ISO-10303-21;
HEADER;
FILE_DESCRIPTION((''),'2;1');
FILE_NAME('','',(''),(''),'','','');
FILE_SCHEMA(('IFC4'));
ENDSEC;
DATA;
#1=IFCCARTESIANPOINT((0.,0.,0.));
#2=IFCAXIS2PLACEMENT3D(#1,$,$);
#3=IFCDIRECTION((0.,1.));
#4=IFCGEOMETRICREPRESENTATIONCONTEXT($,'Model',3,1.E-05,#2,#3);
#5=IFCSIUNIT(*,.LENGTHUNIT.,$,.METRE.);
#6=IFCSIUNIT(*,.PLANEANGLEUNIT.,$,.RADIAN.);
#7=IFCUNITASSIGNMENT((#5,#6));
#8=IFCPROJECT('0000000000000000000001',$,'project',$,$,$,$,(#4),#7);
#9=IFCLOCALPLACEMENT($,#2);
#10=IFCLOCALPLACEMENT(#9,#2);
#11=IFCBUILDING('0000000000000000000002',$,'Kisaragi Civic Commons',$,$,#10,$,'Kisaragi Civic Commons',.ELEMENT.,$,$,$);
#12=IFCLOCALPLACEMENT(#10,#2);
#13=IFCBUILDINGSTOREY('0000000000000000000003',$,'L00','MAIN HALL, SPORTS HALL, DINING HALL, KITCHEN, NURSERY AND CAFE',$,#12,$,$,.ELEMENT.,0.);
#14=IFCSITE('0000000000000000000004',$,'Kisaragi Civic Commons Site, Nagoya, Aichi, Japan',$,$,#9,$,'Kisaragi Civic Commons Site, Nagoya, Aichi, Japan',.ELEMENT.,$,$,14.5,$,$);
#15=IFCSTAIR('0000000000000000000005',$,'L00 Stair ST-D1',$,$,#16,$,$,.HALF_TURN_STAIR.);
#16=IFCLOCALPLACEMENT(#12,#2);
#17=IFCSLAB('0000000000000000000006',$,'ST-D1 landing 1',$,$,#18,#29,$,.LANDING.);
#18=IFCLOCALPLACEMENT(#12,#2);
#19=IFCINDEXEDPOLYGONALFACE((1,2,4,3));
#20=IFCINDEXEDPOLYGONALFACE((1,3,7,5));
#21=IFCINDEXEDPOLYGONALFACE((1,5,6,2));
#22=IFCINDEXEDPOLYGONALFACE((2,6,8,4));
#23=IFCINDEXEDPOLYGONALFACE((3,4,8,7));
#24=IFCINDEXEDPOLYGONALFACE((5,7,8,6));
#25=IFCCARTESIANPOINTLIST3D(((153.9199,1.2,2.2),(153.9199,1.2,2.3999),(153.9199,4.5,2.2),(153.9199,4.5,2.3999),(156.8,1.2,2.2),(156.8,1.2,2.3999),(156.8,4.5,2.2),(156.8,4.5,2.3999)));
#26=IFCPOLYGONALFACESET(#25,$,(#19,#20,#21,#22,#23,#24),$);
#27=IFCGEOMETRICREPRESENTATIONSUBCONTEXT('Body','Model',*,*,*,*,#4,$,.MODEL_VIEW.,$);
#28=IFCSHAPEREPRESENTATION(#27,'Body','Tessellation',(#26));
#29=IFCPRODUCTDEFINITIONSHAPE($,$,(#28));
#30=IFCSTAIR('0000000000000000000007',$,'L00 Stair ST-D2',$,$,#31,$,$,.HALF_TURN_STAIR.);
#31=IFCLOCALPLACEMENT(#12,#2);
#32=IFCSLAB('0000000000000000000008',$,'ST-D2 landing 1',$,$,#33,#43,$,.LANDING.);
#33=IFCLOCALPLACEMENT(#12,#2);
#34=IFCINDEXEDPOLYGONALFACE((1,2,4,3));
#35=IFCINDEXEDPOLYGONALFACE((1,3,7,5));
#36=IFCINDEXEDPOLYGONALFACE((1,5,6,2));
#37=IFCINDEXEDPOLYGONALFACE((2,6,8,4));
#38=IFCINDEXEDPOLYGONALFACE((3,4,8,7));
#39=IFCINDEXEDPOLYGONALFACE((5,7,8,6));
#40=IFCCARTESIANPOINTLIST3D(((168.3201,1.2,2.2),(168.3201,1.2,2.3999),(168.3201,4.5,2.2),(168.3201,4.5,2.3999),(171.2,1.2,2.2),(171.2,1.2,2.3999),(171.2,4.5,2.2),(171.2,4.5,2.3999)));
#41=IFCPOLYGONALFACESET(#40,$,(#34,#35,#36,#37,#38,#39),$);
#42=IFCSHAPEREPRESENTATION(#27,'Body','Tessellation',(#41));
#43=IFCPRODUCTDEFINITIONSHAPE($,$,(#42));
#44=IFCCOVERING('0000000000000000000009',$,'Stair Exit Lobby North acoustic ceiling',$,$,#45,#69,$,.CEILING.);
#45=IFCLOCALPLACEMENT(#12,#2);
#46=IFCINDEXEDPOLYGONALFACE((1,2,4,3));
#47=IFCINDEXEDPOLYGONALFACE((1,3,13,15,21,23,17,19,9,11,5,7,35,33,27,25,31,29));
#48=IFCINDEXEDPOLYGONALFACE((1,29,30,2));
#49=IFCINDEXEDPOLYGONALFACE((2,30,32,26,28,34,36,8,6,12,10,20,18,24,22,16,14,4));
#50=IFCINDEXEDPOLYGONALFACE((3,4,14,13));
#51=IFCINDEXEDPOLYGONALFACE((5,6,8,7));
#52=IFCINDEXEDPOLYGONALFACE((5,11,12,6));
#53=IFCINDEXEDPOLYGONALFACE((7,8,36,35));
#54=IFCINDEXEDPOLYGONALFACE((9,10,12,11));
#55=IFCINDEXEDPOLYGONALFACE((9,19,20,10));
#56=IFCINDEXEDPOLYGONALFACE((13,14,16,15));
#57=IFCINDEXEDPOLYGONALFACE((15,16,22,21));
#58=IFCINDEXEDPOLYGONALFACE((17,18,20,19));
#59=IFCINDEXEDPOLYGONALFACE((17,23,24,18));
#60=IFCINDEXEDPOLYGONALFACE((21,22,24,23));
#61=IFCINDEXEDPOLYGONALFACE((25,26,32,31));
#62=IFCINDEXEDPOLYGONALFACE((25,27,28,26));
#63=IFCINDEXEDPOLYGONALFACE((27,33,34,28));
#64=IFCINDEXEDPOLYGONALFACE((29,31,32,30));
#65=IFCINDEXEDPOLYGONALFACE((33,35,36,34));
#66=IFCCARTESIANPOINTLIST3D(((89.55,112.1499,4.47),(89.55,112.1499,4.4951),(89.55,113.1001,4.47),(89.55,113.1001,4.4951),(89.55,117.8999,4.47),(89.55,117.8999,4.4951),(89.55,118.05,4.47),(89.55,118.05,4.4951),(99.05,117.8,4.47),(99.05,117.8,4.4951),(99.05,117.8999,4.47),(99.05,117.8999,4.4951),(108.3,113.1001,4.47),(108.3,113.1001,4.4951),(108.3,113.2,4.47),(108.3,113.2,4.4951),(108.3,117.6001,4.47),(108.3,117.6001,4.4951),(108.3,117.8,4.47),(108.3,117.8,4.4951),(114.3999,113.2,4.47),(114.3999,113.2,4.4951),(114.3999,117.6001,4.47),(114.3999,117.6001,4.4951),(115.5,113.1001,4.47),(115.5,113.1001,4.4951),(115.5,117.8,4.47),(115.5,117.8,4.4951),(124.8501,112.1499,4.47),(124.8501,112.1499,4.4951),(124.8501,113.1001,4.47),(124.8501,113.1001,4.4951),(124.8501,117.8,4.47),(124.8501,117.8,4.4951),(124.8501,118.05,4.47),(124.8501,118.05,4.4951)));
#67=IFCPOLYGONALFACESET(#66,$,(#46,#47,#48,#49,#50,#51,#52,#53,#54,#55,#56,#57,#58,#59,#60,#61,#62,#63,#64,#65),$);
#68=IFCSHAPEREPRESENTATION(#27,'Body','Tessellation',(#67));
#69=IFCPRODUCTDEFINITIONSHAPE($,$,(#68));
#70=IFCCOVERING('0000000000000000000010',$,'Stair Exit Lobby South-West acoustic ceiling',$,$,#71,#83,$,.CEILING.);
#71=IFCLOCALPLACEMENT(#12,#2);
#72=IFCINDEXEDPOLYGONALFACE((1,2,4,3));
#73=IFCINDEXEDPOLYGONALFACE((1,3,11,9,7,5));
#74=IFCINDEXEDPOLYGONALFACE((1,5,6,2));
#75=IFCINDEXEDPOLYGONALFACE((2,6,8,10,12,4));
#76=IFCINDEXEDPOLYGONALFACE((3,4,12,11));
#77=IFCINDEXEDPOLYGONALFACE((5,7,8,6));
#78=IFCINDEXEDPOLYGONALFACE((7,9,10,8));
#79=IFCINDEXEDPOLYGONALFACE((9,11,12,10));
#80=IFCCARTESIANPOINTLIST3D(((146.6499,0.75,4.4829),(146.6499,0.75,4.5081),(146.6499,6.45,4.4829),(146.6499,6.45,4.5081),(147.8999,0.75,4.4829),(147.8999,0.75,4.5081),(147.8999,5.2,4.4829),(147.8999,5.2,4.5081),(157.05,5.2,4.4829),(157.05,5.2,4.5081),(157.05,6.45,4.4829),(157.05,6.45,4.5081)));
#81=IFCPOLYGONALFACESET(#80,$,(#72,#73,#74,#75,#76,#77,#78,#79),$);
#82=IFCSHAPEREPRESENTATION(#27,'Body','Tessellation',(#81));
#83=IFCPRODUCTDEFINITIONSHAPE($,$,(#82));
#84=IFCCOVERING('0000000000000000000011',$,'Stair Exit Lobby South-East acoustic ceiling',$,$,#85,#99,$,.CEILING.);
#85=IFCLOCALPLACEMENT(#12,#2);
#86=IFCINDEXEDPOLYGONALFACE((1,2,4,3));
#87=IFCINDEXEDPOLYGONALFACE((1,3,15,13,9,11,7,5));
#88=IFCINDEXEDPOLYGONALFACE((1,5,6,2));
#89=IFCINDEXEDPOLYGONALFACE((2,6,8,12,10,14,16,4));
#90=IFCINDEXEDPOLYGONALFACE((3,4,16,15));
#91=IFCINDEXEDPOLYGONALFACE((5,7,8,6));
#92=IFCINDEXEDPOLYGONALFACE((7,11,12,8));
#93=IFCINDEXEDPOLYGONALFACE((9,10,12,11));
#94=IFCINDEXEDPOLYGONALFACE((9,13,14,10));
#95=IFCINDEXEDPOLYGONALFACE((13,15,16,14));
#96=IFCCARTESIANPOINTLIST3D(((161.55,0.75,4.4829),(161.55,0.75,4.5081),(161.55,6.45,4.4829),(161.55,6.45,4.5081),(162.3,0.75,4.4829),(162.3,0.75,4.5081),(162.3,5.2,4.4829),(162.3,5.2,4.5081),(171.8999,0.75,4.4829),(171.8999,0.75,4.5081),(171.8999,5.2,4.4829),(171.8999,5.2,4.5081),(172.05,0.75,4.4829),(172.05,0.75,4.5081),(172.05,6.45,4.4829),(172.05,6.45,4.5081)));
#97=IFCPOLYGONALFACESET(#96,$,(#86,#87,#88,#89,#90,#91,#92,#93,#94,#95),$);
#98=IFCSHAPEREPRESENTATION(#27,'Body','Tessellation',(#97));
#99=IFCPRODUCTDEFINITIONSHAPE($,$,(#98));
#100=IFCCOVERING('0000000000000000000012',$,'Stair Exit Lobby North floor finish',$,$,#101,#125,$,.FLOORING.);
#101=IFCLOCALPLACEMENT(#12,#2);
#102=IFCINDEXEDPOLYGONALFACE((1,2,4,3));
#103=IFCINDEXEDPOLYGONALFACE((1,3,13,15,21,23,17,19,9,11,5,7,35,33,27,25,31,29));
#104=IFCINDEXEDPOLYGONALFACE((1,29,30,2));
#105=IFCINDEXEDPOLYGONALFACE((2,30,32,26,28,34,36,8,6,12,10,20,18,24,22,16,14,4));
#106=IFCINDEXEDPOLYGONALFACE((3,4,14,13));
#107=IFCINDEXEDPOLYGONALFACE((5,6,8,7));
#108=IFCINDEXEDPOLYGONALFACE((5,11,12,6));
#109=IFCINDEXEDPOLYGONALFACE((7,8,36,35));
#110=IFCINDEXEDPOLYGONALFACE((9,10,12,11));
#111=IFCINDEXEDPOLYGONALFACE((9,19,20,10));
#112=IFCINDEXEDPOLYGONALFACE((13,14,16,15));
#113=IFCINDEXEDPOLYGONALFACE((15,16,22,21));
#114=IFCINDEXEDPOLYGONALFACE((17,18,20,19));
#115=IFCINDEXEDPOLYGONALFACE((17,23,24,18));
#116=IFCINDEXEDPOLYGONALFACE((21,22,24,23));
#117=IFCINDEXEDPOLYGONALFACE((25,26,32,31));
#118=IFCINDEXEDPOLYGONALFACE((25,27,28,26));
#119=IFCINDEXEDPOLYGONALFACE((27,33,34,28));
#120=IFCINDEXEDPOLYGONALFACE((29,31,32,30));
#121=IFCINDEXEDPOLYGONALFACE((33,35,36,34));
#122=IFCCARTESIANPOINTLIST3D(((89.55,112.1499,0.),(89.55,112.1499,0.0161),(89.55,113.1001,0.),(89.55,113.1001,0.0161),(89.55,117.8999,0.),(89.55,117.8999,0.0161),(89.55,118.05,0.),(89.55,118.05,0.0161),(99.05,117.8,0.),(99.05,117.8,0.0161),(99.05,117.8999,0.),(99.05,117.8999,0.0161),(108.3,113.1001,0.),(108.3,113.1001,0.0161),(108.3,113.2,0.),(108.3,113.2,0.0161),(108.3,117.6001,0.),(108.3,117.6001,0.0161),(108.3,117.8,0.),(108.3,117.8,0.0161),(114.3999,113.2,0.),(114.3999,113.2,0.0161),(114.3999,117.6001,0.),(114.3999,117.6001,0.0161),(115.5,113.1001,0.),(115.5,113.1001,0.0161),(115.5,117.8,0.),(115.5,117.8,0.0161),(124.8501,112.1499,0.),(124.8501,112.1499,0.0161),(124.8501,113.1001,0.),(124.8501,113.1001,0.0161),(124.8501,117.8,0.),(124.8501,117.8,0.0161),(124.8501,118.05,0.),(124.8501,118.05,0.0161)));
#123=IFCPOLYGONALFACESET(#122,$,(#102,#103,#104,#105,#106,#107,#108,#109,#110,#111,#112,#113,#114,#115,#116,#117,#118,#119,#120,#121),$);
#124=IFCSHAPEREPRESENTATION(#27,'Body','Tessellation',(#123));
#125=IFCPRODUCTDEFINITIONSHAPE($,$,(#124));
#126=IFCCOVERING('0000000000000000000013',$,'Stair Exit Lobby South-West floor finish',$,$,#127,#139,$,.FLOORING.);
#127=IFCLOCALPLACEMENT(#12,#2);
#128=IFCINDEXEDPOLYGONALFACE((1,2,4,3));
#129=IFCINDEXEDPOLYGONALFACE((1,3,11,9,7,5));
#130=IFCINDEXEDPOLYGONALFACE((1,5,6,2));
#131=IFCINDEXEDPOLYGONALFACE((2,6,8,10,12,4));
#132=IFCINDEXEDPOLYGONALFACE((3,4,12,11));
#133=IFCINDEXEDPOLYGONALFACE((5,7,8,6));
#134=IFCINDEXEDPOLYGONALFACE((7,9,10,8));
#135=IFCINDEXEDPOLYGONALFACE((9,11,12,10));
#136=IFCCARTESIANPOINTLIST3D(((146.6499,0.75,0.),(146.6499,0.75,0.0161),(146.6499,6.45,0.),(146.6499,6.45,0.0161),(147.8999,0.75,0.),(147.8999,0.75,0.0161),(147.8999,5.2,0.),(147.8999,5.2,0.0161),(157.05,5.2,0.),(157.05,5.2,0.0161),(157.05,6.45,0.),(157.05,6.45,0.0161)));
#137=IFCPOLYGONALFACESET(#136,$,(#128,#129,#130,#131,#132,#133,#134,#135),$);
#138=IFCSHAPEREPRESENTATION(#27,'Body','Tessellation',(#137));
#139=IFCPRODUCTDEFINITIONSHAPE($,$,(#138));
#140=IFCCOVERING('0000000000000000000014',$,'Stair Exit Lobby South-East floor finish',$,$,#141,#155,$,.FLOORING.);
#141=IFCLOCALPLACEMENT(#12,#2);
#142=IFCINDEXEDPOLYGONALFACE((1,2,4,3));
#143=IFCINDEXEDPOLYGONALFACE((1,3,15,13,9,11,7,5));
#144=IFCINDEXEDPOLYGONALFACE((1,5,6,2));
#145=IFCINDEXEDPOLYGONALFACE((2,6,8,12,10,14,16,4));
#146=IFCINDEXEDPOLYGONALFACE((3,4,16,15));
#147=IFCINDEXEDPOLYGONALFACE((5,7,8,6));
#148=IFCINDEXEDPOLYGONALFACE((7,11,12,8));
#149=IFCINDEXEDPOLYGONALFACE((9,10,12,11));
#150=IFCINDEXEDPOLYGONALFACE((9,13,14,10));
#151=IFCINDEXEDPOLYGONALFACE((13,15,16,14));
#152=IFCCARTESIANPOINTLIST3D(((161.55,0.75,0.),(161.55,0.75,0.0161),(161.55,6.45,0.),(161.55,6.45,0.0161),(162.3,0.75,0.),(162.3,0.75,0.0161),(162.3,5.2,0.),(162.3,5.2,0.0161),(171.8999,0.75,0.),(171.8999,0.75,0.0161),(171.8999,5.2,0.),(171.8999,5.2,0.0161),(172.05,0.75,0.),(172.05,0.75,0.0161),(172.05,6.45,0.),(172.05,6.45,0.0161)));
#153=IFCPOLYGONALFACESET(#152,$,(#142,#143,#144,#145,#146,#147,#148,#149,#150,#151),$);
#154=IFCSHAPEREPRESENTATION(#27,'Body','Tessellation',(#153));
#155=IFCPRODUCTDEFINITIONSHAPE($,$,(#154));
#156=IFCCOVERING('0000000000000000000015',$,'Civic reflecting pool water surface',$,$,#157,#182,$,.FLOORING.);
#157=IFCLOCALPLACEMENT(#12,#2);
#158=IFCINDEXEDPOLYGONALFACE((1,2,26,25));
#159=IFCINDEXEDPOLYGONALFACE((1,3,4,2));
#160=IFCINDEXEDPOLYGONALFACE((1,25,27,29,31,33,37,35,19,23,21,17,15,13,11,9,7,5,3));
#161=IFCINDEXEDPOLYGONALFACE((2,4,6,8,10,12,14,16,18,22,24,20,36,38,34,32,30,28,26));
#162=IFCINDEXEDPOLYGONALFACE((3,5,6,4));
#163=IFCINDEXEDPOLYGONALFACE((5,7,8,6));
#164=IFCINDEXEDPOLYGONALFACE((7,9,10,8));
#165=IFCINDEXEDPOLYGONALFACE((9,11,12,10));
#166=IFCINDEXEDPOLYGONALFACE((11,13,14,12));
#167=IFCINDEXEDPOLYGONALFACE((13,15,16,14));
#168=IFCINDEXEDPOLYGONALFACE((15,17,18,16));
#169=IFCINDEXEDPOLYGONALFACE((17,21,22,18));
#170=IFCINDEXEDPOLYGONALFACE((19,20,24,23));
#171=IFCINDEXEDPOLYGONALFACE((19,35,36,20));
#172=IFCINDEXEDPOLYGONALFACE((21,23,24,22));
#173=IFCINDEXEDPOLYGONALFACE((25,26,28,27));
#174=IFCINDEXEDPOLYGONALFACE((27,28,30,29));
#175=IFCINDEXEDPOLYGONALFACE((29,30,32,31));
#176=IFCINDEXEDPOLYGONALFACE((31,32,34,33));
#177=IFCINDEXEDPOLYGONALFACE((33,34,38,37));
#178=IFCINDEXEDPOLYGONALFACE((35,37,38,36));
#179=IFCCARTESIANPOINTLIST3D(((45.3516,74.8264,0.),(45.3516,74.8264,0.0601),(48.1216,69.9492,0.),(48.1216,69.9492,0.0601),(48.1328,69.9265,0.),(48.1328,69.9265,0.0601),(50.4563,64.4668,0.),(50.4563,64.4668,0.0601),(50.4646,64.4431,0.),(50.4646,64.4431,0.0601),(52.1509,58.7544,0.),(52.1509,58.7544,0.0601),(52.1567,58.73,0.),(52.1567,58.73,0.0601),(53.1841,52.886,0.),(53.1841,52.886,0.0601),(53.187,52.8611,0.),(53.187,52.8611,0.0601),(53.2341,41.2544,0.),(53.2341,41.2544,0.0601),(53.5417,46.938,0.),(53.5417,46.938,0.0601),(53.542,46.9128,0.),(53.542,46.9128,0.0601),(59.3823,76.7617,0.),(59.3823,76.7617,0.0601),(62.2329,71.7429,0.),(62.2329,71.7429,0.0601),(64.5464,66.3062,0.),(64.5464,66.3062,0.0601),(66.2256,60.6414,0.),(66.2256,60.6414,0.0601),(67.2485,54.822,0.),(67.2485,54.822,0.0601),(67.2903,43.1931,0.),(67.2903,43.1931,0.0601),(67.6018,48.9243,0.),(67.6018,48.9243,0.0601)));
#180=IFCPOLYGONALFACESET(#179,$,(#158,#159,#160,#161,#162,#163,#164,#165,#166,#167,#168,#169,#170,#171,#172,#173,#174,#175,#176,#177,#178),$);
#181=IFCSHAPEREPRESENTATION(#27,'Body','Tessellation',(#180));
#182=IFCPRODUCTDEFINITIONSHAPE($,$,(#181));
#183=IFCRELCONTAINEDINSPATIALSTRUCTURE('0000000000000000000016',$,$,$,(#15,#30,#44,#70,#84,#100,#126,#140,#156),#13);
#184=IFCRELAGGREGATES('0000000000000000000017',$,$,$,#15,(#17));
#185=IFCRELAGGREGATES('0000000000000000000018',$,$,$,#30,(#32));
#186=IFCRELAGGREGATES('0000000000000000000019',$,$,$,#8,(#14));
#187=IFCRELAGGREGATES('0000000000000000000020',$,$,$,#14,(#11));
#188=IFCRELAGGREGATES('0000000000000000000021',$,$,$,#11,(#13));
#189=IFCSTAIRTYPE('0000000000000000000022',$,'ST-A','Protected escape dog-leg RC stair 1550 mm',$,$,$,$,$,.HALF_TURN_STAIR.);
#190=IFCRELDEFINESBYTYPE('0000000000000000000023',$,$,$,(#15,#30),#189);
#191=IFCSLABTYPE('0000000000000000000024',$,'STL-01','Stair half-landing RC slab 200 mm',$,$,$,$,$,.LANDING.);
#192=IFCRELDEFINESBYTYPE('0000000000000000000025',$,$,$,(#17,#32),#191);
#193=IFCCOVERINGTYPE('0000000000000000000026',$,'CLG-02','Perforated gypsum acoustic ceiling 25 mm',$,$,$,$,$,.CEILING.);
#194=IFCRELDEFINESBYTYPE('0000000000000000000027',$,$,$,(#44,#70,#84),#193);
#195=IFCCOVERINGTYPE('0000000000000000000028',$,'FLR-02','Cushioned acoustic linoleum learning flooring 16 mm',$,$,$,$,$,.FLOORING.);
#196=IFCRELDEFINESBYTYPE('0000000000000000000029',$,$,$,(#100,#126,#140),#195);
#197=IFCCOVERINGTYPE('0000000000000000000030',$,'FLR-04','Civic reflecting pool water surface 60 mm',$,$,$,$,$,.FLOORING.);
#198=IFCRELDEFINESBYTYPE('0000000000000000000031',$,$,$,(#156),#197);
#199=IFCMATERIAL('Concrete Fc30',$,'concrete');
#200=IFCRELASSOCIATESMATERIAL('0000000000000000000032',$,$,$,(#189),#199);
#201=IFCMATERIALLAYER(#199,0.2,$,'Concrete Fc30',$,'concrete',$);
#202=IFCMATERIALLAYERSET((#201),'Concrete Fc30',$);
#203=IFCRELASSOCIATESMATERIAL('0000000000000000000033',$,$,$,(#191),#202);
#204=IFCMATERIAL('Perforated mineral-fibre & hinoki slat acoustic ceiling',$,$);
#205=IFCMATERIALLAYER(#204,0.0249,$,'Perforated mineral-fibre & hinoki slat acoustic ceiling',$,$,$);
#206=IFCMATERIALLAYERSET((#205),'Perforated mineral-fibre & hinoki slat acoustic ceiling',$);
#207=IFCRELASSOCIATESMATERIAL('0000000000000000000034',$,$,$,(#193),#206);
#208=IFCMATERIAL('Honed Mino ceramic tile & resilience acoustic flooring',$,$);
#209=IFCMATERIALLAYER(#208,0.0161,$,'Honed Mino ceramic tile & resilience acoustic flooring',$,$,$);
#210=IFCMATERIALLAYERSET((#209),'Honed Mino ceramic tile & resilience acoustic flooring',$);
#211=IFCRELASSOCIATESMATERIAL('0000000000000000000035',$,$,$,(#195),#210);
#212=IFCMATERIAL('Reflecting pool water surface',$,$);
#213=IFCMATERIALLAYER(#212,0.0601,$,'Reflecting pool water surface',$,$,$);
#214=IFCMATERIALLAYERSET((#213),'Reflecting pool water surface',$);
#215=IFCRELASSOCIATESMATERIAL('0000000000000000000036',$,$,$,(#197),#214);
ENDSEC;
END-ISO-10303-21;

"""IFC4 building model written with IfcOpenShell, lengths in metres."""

from ifc_helpers import new_model, si_unit, direction, frame, origin, place, context, subcontext, project, spatial, polyline, outline, extrude, material, layer, layer_set, type_object, element, aggregate, save


model = new_model("IFC4")

# Units and contexts
model_context = context("Model", 3, precision=1e-05, world=origin(), true_north=direction((0.0, 1.0)))
body_context = subcontext(model_context, "Body", "Model", "MODEL_VIEW")
ifc_project = project(units=[si_unit("LENGTHUNIT", "METRE"), si_unit("PLANEANGLEUNIT", "RADIAN")], contexts=[model_context])

# Site, building, storey
site_placement = place(None, origin())
site = spatial("IfcSite", under=ifc_project, at=site_placement, Name="Kisaragi Civic Commons Site, Nagoya, Aichi, Japan", LongName="Kisaragi Civic Commons Site, Nagoya, Aichi, Japan", CompositionType="ELEMENT", RefElevation=14.5)
building_placement = place(site_placement, origin())
building = spatial("IfcBuilding", under=site, at=building_placement, Name="Kisaragi Civic Commons", LongName="Kisaragi Civic Commons", CompositionType="ELEMENT")
storey_placement = place(building_placement, origin())
storey = spatial("IfcBuildingStorey", under=building, at=storey_placement, Name="L00", Description="MAIN HALL, SPORTS HALL, DINING HALL, KITCHEN, NURSERY AND CAFE", CompositionType="ELEMENT", Elevation=0.0)

# Shared definitions
ifc_material_1 = material(Name="Concrete Fc30", Category="concrete")

# Stairs, slabs
stair_type_1 = type_object("IfcStairType", Name="ST-A", Description="Protected escape dog-leg RC stair 1550 mm", PredefinedType="HALF_TURN_STAIR", material=ifc_material_1)
ifc_layer_1 = layer(ifc_material_1, 0.2, Name="Concrete Fc30", Category="concrete")
ifc_layer_set_1 = layer_set([ifc_layer_1], Name="Concrete Fc30")
slab_type_1 = type_object("IfcSlabType", Name="STL-01", Description="Stair half-landing RC slab 200 mm", PredefinedType="LANDING", material=ifc_layer_set_1)
stair_1_placement = place(storey_placement, origin())
stair_1 = element("IfcStair", 1, at=stair_1_placement, inside=storey, type_object=stair_type_1, Name="L00 Stair ST-D1", PredefinedType="HALF_TURN_STAIR")
slab_1_placement = place(storey_placement, frame((0.0, 0.0, 2.2)))
slab_1 = element("IfcSlab", 2, at=slab_1_placement, type_object=slab_type_1, Name="ST-D1 landing 1", PredefinedType="LANDING", context=body_context, shape_type="SweptSolid", body=[
    extrude(outline(polyline([(153.9199, 1.2), (156.8, 1.2), (156.8, 4.5), (153.9199, 4.5), (153.9199, 1.2)])), origin(), (0.0, 0.0, 1.0), 0.2),
])
aggregate(stair_1, [slab_1])
stair_2_placement = place(storey_placement, origin())
stair_2 = element("IfcStair", 3, at=stair_2_placement, inside=storey, type_object=stair_type_1, Name="L00 Stair ST-D2", PredefinedType="HALF_TURN_STAIR")
slab_2_placement = place(storey_placement, frame((0.0, 0.0, 2.2)))
slab_2 = element("IfcSlab", 4, at=slab_2_placement, type_object=slab_type_1, Name="ST-D2 landing 1", PredefinedType="LANDING", context=body_context, shape_type="SweptSolid", body=[
    extrude(outline(polyline([(168.3201, 1.2), (171.2, 1.2), (171.2, 4.5), (168.3201, 4.5), (168.3201, 1.2)])), origin(), (0.0, 0.0, 1.0), 0.2),
])
aggregate(stair_2, [slab_2])

# Coverings
ifc_material_2 = material(Name="Perforated mineral-fibre & hinoki slat acoustic ceiling")
ifc_layer_2 = layer(ifc_material_2, 0.0249, Name="Perforated mineral-fibre & hinoki slat acoustic ceiling")
ifc_layer_set_2 = layer_set([ifc_layer_2], Name="Perforated mineral-fibre & hinoki slat acoustic ceiling")
covering_type_1 = type_object("IfcCoveringType", Name="CLG-02", Description="Perforated gypsum acoustic ceiling 25 mm", PredefinedType="CEILING", material=ifc_layer_set_2)
covering_1_placement = place(storey_placement, frame((0.0, 0.0, 4.47)))
element("IfcCovering", 5, at=covering_1_placement, inside=storey, type_object=covering_type_1, Name="Stair Exit Lobby North acoustic ceiling", PredefinedType="CEILING", context=body_context, shape_type="SweptSolid", body=[
    extrude(outline(polyline([(89.55, 118.05), (89.55, 117.8999), (99.05, 117.8999), (99.05, 117.8), (108.3, 117.8), (108.3, 117.6001), (114.3999, 117.6001), (114.3999, 113.2), (108.3, 113.2), (108.3, 113.1001), (89.55, 113.1001), (89.55, 112.1499), (124.8501, 112.1499), (124.8501, 113.1001), (115.5, 113.1001), (115.5, 117.8), (124.8501, 117.8), (124.8501, 118.05), (89.55, 118.05)])), origin(), (0.0, 0.0, 1.0), 0.0251),
])
covering_2_placement = place(storey_placement, frame((0.0, 0.0, 4.4829)))
element("IfcCovering", 6, at=covering_2_placement, inside=storey, type_object=covering_type_1, Name="Stair Exit Lobby South-West acoustic ceiling", PredefinedType="CEILING", context=body_context, shape_type="SweptSolid", body=[
    extrude(outline(polyline([(157.05, 6.45), (146.6499, 6.45), (146.6499, 0.75), (147.8999, 0.75), (147.8999, 5.2), (157.05, 5.2), (157.05, 6.45)])), origin(), (0.0, 0.0, 1.0), 0.0251),
])
covering_3_placement = place(storey_placement, frame((0.0, 0.0, 4.4829)))
element("IfcCovering", 7, at=covering_3_placement, inside=storey, type_object=covering_type_1, Name="Stair Exit Lobby South-East acoustic ceiling", PredefinedType="CEILING", context=body_context, shape_type="SweptSolid", body=[
    extrude(outline(polyline([(161.55, 0.75), (162.3, 0.75), (162.3, 5.2), (171.8999, 5.2), (171.8999, 0.75), (172.05, 0.75), (172.05, 6.45), (161.55, 6.45), (161.55, 0.75)])), origin(), (0.0, 0.0, 1.0), 0.0251),
])
ifc_material_3 = material(Name="Honed Mino ceramic tile & resilience acoustic flooring")
ifc_layer_3 = layer(ifc_material_3, 0.0161, Name="Honed Mino ceramic tile & resilience acoustic flooring")
ifc_layer_set_3 = layer_set([ifc_layer_3], Name="Honed Mino ceramic tile & resilience acoustic flooring")
covering_type_2 = type_object("IfcCoveringType", Name="FLR-02", Description="Cushioned acoustic linoleum learning flooring 16 mm", PredefinedType="FLOORING", material=ifc_layer_set_3)
covering_4_placement = place(storey_placement, origin())
element("IfcCovering", 8, at=covering_4_placement, inside=storey, type_object=covering_type_2, Name="Stair Exit Lobby North floor finish", PredefinedType="FLOORING", context=body_context, shape_type="SweptSolid", body=[
    extrude(outline(polyline([(89.55, 117.8999), (99.05, 117.8999), (99.05, 117.8), (108.3, 117.8), (108.3, 117.6001), (114.3999, 117.6001), (114.3999, 113.2), (108.3, 113.2), (108.3, 113.1001), (89.55, 113.1001), (89.55, 112.1499), (124.8501, 112.1499), (124.8501, 113.1001), (115.5, 113.1001), (115.5, 117.8), (124.8501, 117.8), (124.8501, 118.05), (89.55, 118.05), (89.55, 117.8999)])), origin(), (0.0, 0.0, 1.0), 0.0161),
])
covering_5_placement = place(storey_placement, origin())
element("IfcCovering", 9, at=covering_5_placement, inside=storey, type_object=covering_type_2, Name="Stair Exit Lobby South-West floor finish", PredefinedType="FLOORING", context=body_context, shape_type="SweptSolid", body=[
    extrude(outline(polyline([(146.6499, 6.45), (146.6499, 0.75), (147.8999, 0.75), (147.8999, 5.2), (157.05, 5.2), (157.05, 6.45), (146.6499, 6.45)])), origin(), (0.0, 0.0, 1.0), 0.0161),
])
covering_6_placement = place(storey_placement, origin())
element("IfcCovering", 10, at=covering_6_placement, inside=storey, type_object=covering_type_2, Name="Stair Exit Lobby South-East floor finish", PredefinedType="FLOORING", context=body_context, shape_type="SweptSolid", body=[
    extrude(outline(polyline([(162.3, 0.75), (162.3, 5.2), (171.8999, 5.2), (171.8999, 0.75), (172.05, 0.75), (172.05, 6.45), (161.55, 6.45), (161.55, 0.75), (162.3, 0.75)])), origin(), (0.0, 0.0, 1.0), 0.0161),
])
ifc_material_4 = material(Name="Reflecting pool water surface")
ifc_layer_4 = layer(ifc_material_4, 0.0601, Name="Reflecting pool water surface")
ifc_layer_set_4 = layer_set([ifc_layer_4], Name="Reflecting pool water surface")
covering_type_3 = type_object("IfcCoveringType", Name="FLR-04", Description="Civic reflecting pool water surface 60 mm", PredefinedType="FLOORING", material=ifc_layer_set_4)
covering_7_placement = place(storey_placement, origin())
element("IfcCovering", 11, at=covering_7_placement, inside=storey, type_object=covering_type_3, Name="Civic reflecting pool water surface", PredefinedType="FLOORING", context=body_context, shape_type="SweptSolid", body=[
    extrude(outline(polyline([(48.1216, 69.9492), (48.1328, 69.9265), (50.4563, 64.4668), (50.4646, 64.4431), (52.1509, 58.7544), (52.1567, 58.73), (53.1841, 52.886), (53.187, 52.8611), (53.5417, 46.938), (53.542, 46.9128), (53.2341, 41.2544), (67.2903, 43.1931), (67.6018, 48.9243), (67.2485, 54.822), (66.2256, 60.6414), (64.5464, 66.3062), (62.2329, 71.7429), (59.3823, 76.7617), (45.3516, 74.8264), (48.1216, 69.9492)])), origin(), (0.0, 0.0, 1.0), 0.0601),
])

save(model, "model.ifc")
